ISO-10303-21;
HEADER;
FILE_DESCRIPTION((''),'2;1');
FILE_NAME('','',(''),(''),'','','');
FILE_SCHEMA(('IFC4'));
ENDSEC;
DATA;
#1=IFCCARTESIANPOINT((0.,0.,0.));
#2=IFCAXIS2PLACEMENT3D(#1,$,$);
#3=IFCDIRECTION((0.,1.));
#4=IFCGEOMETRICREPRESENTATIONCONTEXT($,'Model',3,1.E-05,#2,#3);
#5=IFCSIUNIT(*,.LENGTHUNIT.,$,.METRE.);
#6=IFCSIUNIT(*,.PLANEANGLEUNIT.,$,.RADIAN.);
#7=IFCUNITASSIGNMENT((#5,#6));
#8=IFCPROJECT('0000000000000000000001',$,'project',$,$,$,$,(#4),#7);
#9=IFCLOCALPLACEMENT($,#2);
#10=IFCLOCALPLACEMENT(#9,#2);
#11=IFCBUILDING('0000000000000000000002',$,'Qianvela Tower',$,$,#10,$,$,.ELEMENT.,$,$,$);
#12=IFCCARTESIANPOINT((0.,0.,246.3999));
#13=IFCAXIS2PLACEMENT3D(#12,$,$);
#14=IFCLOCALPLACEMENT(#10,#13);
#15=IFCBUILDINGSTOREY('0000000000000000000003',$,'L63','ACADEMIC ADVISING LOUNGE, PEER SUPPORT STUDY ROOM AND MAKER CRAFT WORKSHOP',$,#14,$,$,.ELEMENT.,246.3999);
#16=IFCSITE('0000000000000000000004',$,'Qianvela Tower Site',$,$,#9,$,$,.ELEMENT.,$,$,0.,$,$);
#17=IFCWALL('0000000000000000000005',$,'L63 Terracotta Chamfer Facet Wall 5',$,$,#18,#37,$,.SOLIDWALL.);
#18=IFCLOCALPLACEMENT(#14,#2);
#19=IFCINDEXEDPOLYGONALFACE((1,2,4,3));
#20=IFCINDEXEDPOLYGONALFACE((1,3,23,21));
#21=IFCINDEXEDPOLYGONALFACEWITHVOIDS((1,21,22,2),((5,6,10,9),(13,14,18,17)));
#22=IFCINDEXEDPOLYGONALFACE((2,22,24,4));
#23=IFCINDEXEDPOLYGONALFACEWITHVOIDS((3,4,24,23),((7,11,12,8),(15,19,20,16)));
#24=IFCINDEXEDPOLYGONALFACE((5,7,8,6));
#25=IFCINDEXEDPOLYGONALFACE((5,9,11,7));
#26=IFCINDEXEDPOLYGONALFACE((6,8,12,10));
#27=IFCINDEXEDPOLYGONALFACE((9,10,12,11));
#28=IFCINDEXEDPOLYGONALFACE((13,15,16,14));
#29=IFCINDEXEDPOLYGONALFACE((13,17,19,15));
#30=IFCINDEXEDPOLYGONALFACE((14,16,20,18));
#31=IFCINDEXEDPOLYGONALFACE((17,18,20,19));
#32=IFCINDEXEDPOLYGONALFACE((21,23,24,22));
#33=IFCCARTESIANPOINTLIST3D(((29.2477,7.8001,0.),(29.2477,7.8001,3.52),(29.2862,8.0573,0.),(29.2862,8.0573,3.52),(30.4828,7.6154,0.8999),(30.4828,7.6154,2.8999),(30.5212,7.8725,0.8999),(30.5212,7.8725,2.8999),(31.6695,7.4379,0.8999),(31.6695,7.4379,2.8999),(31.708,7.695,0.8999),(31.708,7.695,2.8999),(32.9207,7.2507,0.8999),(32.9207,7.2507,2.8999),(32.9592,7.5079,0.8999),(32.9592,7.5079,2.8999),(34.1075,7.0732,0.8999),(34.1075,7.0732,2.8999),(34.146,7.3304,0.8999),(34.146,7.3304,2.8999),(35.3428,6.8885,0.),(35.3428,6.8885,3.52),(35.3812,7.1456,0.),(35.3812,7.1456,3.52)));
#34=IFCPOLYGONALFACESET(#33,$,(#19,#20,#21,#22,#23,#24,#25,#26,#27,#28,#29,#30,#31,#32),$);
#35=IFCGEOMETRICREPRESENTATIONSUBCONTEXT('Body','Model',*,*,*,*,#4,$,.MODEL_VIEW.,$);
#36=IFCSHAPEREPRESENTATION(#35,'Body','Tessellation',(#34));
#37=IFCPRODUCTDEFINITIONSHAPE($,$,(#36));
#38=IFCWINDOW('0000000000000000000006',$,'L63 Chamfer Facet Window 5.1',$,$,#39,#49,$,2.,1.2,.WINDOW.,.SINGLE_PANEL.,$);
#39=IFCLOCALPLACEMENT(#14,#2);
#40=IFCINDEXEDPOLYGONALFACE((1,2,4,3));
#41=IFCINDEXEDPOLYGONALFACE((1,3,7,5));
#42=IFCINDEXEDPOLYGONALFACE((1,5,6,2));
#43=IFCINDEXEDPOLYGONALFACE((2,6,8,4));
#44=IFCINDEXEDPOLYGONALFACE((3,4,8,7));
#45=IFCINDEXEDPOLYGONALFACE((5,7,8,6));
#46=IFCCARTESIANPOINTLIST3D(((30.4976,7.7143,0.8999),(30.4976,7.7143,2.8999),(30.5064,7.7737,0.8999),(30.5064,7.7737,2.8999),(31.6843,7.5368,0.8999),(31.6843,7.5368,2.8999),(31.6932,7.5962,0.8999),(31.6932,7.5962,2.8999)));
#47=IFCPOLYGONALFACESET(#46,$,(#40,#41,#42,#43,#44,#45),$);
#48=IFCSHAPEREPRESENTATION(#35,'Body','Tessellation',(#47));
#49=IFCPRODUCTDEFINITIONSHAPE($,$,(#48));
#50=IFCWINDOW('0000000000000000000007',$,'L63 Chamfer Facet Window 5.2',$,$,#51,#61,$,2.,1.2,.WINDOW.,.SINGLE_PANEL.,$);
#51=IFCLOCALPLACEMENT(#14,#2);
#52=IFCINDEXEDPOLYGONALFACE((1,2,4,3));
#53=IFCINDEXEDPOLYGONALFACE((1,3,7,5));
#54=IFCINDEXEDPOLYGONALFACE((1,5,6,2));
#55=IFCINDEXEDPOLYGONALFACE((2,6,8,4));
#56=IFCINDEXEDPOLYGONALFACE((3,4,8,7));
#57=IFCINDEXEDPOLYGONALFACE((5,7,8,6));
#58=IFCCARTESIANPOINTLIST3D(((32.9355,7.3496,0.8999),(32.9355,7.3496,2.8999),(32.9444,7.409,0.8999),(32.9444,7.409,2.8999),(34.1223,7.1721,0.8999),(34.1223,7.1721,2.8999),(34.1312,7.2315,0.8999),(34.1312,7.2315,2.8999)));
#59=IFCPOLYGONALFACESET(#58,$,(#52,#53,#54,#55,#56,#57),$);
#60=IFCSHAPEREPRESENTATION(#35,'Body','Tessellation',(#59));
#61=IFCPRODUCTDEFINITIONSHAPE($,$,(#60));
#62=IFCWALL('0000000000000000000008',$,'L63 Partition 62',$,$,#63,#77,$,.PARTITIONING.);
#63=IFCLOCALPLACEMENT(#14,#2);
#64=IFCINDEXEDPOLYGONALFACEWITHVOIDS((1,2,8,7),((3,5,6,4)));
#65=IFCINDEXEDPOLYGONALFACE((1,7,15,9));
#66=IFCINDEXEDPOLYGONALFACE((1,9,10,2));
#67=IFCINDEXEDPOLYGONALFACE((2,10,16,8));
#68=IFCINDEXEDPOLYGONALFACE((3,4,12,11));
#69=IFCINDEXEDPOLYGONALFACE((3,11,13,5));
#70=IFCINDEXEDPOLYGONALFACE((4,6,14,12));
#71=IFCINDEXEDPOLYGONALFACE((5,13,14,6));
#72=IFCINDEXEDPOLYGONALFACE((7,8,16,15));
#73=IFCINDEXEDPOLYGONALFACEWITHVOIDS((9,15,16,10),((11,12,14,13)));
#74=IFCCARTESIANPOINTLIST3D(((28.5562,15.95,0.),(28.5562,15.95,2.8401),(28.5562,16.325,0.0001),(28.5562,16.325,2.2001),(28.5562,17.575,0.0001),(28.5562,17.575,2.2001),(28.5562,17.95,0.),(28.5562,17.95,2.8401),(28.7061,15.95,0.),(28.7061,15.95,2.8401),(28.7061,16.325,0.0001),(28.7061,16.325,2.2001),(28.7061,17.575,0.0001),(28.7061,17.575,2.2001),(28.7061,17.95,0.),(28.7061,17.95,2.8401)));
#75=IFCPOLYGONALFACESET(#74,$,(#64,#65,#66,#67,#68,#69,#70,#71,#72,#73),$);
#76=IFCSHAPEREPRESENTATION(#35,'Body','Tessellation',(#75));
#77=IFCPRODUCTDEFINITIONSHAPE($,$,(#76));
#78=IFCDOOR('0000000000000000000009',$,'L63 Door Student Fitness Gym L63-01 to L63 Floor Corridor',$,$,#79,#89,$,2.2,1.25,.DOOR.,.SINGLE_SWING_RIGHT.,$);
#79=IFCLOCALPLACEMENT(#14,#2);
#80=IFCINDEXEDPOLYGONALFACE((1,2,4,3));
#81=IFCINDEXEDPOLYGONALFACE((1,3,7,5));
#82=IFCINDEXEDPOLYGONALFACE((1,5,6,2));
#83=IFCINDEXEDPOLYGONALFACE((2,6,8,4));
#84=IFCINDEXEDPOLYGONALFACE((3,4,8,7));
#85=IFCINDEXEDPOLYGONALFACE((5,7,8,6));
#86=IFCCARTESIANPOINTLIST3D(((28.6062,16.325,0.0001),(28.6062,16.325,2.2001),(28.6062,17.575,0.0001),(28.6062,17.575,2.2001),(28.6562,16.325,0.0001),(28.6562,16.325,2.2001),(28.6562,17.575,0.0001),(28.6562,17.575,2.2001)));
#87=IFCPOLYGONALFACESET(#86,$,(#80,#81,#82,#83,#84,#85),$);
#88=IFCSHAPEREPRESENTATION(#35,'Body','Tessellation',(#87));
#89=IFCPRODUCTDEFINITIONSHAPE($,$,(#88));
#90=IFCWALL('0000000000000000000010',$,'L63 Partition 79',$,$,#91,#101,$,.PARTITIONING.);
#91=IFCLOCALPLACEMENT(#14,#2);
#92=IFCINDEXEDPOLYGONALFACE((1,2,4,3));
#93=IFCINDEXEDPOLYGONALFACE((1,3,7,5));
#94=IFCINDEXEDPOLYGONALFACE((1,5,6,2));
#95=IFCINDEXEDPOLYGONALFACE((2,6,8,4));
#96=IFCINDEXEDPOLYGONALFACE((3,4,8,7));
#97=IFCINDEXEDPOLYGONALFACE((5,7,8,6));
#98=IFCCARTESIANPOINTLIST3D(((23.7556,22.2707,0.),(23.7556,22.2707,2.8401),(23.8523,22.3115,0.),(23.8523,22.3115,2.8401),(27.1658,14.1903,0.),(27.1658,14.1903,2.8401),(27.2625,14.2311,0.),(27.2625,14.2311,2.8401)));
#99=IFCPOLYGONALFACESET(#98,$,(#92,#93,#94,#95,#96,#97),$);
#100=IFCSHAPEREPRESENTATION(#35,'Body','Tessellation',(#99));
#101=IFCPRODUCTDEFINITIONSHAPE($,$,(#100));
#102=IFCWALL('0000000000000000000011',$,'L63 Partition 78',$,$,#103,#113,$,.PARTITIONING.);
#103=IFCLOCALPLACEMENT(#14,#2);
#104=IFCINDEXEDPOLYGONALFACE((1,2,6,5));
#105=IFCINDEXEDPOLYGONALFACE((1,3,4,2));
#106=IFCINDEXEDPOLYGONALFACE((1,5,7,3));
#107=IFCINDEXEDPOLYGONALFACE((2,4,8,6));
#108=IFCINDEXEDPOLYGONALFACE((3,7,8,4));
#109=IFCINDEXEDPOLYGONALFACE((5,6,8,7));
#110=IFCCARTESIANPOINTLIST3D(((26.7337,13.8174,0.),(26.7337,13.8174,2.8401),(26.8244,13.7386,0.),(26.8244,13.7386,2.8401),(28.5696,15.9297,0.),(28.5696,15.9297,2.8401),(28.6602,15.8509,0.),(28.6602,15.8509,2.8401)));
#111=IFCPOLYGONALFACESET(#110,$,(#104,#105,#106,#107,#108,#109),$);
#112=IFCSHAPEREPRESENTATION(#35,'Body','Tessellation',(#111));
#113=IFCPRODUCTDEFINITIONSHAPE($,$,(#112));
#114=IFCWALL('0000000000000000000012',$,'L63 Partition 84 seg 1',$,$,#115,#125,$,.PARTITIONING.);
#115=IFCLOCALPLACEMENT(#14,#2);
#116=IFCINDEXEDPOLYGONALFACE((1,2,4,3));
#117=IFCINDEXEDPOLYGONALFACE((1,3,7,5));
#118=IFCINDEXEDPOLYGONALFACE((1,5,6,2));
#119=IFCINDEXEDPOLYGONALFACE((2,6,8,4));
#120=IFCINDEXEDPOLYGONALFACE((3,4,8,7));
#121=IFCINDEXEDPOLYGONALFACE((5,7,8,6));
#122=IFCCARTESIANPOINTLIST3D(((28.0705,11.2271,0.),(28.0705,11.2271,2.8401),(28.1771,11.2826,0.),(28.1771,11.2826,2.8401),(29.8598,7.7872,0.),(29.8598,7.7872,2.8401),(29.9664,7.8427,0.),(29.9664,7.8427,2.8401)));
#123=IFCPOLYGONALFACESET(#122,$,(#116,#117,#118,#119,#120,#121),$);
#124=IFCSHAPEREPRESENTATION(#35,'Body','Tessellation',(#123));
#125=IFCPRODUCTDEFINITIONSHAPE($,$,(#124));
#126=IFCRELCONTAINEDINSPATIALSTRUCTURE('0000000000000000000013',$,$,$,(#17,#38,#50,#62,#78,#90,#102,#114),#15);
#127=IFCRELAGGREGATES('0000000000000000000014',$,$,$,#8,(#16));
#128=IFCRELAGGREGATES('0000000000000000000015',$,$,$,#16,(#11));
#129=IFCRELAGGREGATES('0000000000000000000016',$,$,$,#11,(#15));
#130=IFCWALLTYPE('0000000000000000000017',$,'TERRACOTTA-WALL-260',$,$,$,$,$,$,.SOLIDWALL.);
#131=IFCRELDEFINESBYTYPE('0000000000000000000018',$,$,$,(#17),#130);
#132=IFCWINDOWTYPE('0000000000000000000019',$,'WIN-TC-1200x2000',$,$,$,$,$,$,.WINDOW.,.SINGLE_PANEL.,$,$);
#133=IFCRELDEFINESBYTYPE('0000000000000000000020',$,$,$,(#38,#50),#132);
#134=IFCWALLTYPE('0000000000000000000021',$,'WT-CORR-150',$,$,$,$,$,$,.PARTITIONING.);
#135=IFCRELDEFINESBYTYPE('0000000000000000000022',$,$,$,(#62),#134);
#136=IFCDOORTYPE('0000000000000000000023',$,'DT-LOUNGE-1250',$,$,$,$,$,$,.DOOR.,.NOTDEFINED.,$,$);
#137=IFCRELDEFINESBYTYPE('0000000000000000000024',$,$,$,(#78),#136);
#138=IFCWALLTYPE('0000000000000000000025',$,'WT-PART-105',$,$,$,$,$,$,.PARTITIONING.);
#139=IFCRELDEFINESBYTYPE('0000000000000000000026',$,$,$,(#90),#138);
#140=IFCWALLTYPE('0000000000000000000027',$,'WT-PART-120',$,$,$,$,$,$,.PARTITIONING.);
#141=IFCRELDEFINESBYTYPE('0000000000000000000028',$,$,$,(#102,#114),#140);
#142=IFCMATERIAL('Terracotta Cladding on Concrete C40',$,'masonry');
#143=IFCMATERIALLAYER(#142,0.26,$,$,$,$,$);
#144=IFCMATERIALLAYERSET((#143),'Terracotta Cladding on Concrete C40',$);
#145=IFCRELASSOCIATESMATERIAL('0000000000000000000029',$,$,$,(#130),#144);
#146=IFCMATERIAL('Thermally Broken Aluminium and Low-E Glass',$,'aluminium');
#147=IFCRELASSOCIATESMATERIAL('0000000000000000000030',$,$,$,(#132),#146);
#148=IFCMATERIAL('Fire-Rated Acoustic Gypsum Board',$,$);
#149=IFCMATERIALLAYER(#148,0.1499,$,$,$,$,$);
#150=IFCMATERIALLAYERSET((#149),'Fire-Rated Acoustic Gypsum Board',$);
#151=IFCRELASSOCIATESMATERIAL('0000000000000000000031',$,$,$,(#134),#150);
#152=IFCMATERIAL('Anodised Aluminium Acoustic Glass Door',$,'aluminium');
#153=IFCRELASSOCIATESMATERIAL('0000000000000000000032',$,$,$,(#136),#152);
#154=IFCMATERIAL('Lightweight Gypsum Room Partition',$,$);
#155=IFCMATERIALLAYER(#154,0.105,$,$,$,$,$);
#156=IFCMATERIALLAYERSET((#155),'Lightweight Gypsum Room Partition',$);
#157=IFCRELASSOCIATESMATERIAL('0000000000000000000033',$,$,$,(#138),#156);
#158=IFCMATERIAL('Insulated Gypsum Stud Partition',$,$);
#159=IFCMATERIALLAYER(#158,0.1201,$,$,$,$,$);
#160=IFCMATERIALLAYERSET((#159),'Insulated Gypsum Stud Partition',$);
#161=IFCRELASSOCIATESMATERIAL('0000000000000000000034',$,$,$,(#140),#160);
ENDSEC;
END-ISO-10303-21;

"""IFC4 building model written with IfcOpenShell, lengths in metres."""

from ifc_helpers import new_model, si_unit, direction, frame, frame_2d, origin, place, context, subcontext, project, spatial, rectangle, extrude, material, layer, layer_set, type_object, element, fill, save


model = new_model("IFC4")

# Units and contexts
model_context = context("Model", 3, precision=1e-05, world=origin(), true_north=direction((0.0, 1.0)))
body_context = subcontext(model_context, "Body", "Model", "MODEL_VIEW")
ifc_project = project(units=[si_unit("LENGTHUNIT", "METRE"), si_unit("PLANEANGLEUNIT", "RADIAN")], contexts=[model_context])

# Site, building, storey
site_placement = place(None, origin())
site = spatial("IfcSite", under=ifc_project, at=site_placement, Name="Qianvela Tower Site", CompositionType="ELEMENT", RefElevation=0.0)
building_placement = place(site_placement, origin())
building = spatial("IfcBuilding", under=site, at=building_placement, Name="Qianvela Tower", CompositionType="ELEMENT")
storey_placement = place(building_placement, frame((0.0, 0.0, 246.3999)))
storey = spatial("IfcBuildingStorey", under=building, at=storey_placement, Name="L63", Description="ACADEMIC ADVISING LOUNGE, PEER SUPPORT STUDY ROOM AND MAKER CRAFT WORKSHOP", CompositionType="ELEMENT", Elevation=246.3999)

# Wall, openings, windows
ifc_material_1 = material(Name="Terracotta Cladding on Concrete C40", Category="masonry")
ifc_layer_1 = layer(ifc_material_1, 0.26)
ifc_layer_set_1 = layer_set([ifc_layer_1], Name="Terracotta Cladding on Concrete C40")
wall_type_1 = type_object("IfcWallType", Name="TERRACOTTA-WALL-260", PredefinedType="SOLIDWALL", material=ifc_layer_set_1)
wall_1_placement = place(storey_placement, frame((29.2668, 7.9287, 0.0), z_axis=(0.0, 0.0, 1.0), x_axis=(0.988999, -0.147924, 0.0)))
wall_1 = element("IfcWall", 1, at=wall_1_placement, inside=storey, type_object=wall_type_1, Name="L63 Terracotta Chamfer Facet Wall 5", PredefinedType="SOLIDWALL", context=body_context, shape_type="SweptSolid", body=[
    extrude(rectangle(XDim=6.1628, YDim=0.26, at=frame_2d((3.0815, 0.0))), origin(), (0.0, 0.0, 1.0), 3.52),
])
opening_1_placement = place(wall_1_placement, frame((1.2488, 0.0, 0.8999)))
opening_1 = element("IfcOpeningElement", 2, at=opening_1_placement, cuts=wall_1, PredefinedType="OPENING", context=body_context, shape_type="SweptSolid", body=[
    extrude(rectangle(XDim=1.2, YDim=2.0, at=frame_2d((0.6001, 1.0))), frame((0.0, 0.1399, 0.0), z_axis=(0.0, -1.0, 0.0), x_axis=(1.0, 0.0, 0.0)), (0.0, 0.0, 1.0), 0.28),
])
opening_2_placement = place(wall_1_placement, frame((3.7139, 0.0, 0.8999)))
opening_2 = element("IfcOpeningElement", 3, at=opening_2_placement, cuts=wall_1, PredefinedType="OPENING", context=body_context, shape_type="SweptSolid", body=[
    extrude(rectangle(XDim=1.2, YDim=2.0, at=frame_2d((0.6001, 1.0))), frame((0.0, 0.1399, 0.0), z_axis=(0.0, -1.0, 0.0), x_axis=(1.0, 0.0, 0.0)), (0.0, 0.0, 1.0), 0.28),
])
ifc_material_2 = material(Name="Thermally Broken Aluminium and Low-E Glass", Category="aluminium")
window_type = type_object("IfcWindowType", Name="WIN-TC-1200x2000", PartitioningType="SINGLE_PANEL", PredefinedType="WINDOW", material=ifc_material_2)
window_1_placement = place(opening_1_placement, origin())
window_1 = element("IfcWindow", 4, at=window_1_placement, inside=storey, type_object=window_type, Name="L63 Chamfer Facet Window 5.1", OverallHeight=2.0, OverallWidth=1.2, PartitioningType="SINGLE_PANEL", PredefinedType="WINDOW", context=body_context, shape_type="SweptSolid", body=[
    extrude(rectangle(XDim=1.2, YDim=2.0, at=frame_2d((0.6001, 1.0))), frame((0.0, 0.03, 0.0), z_axis=(0.0, -1.0, 0.0), x_axis=(1.0, 0.0, 0.0)), (0.0, 0.0, 1.0), 0.0601),
])
fill(opening_1, window_1)
window_2_placement = place(opening_2_placement, origin())
window_2 = element("IfcWindow", 5, at=window_2_placement, inside=storey, type_object=window_type, Name="L63 Chamfer Facet Window 5.2", OverallHeight=2.0, OverallWidth=1.2, PartitioningType="SINGLE_PANEL", PredefinedType="WINDOW", context=body_context, shape_type="SweptSolid", body=[
    extrude(rectangle(XDim=1.2, YDim=2.0, at=frame_2d((0.6001, 1.0))), frame((0.0, 0.03, 0.0), z_axis=(0.0, -1.0, 0.0), x_axis=(1.0, 0.0, 0.0)), (0.0, 0.0, 1.0), 0.0601),
])
fill(opening_2, window_2)

# Wall, opening, door
ifc_material_3 = material(Name="Fire-Rated Acoustic Gypsum Board")
ifc_layer_2 = layer(ifc_material_3, 0.1499)
ifc_layer_set_2 = layer_set([ifc_layer_2], Name="Fire-Rated Acoustic Gypsum Board")
wall_type_2 = type_object("IfcWallType", Name="WT-CORR-150", PredefinedType="PARTITIONING", material=ifc_layer_set_2)
wall_2_placement = place(storey_placement, frame((28.6311, 15.95, 0.0), z_axis=(0.0, 0.0, 1.0), x_axis=(0.0, 1.0, 0.0)))
wall_2 = element("IfcWall", 6, at=wall_2_placement, inside=storey, type_object=wall_type_2, Name="L63 Partition 62", PredefinedType="PARTITIONING", context=body_context, shape_type="SweptSolid", body=[
    extrude(rectangle(XDim=2.0, YDim=0.1499, at=frame_2d((1.0, 0.0))), origin(), (0.0, 0.0, 1.0), 2.8401),
])
opening_3_placement = place(wall_2_placement, frame((0.375, 0.0, 0.0)))
opening_3 = element("IfcOpeningElement", 7, at=opening_3_placement, cuts=wall_2, PredefinedType="OPENING", context=body_context, shape_type="SweptSolid", body=[
    extrude(rectangle(XDim=1.25, YDim=2.2, at=frame_2d((0.625, 1.1001))), frame((0.0, 0.085, 0.0), z_axis=(0.0, -1.0, 0.0), x_axis=(1.0, 0.0, 0.0)), (0.0, 0.0, 1.0), 0.1699),
])
ifc_material_4 = material(Name="Anodised Aluminium Acoustic Glass Door", Category="aluminium")
door_type = type_object("IfcDoorType", Name="DT-LOUNGE-1250", OperationType="NOTDEFINED", PredefinedType="DOOR", material=ifc_material_4)
door_placement = place(opening_3_placement, origin())
door = element("IfcDoor", 8, at=door_placement, inside=storey, type_object=door_type, Name="L63 Door Student Fitness Gym L63-01 to L63 Floor Corridor", OperationType="SINGLE_SWING_RIGHT", OverallHeight=2.2, OverallWidth=1.25, PredefinedType="DOOR", context=body_context, shape_type="SweptSolid", body=[
    extrude(rectangle(XDim=1.25, YDim=2.2, at=frame_2d((0.625, 1.1001))), frame((0.0, 0.0249, 0.0), z_axis=(0.0, -1.0, 0.0), x_axis=(1.0, 0.0, 0.0)), (0.0, 0.0, 1.0), 0.05),
])
fill(opening_3, door)

# Walls
ifc_material_5 = material(Name="Lightweight Gypsum Room Partition")
ifc_layer_3 = layer(ifc_material_5, 0.105)
ifc_layer_set_3 = layer_set([ifc_layer_3], Name="Lightweight Gypsum Room Partition")
wall_type_3 = type_object("IfcWallType", Name="WT-PART-105", PredefinedType="PARTITIONING", material=ifc_layer_set_3)
wall_3_placement = place(storey_placement, frame((27.2141, 14.2107, 0.0), z_axis=(0.0, 0.0, 1.0), x_axis=(-0.388823, 0.921312, 0.0)))
element("IfcWall", 9, at=wall_3_placement, inside=storey, type_object=wall_type_3, Name="L63 Partition 79", PredefinedType="PARTITIONING", context=body_context, shape_type="SweptSolid", body=[
    extrude(rectangle(XDim=8.7705, YDim=0.105, at=frame_2d((4.3853, 0.0))), origin(), (0.0, 0.0, 1.0), 2.8401),
])
ifc_material_6 = material(Name="Insulated Gypsum Stud Partition")
ifc_layer_4 = layer(ifc_material_6, 0.1201)
ifc_layer_set_4 = layer_set([ifc_layer_4], Name="Insulated Gypsum Stud Partition")
wall_type_4 = type_object("IfcWallType", Name="WT-PART-120", PredefinedType="PARTITIONING", material=ifc_layer_set_4)
wall_4_placement = place(storey_placement, frame((28.615, 15.8904, 0.0), z_axis=(0.0, 0.0, 1.0), x_axis=(-0.656006, -0.754756, 0.0)))
element("IfcWall", 10, at=wall_4_placement, inside=storey, type_object=wall_type_4, Name="L63 Partition 78", PredefinedType="PARTITIONING", context=body_context, shape_type="SweptSolid", body=[
    extrude(rectangle(XDim=2.7986, YDim=0.1201, at=frame_2d((1.3994, 0.0))), origin(), (0.0, 0.0, 1.0), 2.8401),
])
wall_5_placement = place(storey_placement, frame((29.9131, 7.8149, 0.0), z_axis=(0.0, 0.0, 1.0), x_axis=(-0.461462, 0.88716, 0.0)))
element("IfcWall", 11, at=wall_5_placement, inside=storey, type_object=wall_type_4, Name="L63 Partition 84 seg 1", PredefinedType="PARTITIONING", context=body_context, shape_type="SweptSolid", body=[
    extrude(rectangle(XDim=3.8774, YDim=0.1201, at=frame_2d((1.9387, 0.0))), origin(), (0.0, 0.0, 1.0), 2.8401),
])

save(model, "model.ifc")
